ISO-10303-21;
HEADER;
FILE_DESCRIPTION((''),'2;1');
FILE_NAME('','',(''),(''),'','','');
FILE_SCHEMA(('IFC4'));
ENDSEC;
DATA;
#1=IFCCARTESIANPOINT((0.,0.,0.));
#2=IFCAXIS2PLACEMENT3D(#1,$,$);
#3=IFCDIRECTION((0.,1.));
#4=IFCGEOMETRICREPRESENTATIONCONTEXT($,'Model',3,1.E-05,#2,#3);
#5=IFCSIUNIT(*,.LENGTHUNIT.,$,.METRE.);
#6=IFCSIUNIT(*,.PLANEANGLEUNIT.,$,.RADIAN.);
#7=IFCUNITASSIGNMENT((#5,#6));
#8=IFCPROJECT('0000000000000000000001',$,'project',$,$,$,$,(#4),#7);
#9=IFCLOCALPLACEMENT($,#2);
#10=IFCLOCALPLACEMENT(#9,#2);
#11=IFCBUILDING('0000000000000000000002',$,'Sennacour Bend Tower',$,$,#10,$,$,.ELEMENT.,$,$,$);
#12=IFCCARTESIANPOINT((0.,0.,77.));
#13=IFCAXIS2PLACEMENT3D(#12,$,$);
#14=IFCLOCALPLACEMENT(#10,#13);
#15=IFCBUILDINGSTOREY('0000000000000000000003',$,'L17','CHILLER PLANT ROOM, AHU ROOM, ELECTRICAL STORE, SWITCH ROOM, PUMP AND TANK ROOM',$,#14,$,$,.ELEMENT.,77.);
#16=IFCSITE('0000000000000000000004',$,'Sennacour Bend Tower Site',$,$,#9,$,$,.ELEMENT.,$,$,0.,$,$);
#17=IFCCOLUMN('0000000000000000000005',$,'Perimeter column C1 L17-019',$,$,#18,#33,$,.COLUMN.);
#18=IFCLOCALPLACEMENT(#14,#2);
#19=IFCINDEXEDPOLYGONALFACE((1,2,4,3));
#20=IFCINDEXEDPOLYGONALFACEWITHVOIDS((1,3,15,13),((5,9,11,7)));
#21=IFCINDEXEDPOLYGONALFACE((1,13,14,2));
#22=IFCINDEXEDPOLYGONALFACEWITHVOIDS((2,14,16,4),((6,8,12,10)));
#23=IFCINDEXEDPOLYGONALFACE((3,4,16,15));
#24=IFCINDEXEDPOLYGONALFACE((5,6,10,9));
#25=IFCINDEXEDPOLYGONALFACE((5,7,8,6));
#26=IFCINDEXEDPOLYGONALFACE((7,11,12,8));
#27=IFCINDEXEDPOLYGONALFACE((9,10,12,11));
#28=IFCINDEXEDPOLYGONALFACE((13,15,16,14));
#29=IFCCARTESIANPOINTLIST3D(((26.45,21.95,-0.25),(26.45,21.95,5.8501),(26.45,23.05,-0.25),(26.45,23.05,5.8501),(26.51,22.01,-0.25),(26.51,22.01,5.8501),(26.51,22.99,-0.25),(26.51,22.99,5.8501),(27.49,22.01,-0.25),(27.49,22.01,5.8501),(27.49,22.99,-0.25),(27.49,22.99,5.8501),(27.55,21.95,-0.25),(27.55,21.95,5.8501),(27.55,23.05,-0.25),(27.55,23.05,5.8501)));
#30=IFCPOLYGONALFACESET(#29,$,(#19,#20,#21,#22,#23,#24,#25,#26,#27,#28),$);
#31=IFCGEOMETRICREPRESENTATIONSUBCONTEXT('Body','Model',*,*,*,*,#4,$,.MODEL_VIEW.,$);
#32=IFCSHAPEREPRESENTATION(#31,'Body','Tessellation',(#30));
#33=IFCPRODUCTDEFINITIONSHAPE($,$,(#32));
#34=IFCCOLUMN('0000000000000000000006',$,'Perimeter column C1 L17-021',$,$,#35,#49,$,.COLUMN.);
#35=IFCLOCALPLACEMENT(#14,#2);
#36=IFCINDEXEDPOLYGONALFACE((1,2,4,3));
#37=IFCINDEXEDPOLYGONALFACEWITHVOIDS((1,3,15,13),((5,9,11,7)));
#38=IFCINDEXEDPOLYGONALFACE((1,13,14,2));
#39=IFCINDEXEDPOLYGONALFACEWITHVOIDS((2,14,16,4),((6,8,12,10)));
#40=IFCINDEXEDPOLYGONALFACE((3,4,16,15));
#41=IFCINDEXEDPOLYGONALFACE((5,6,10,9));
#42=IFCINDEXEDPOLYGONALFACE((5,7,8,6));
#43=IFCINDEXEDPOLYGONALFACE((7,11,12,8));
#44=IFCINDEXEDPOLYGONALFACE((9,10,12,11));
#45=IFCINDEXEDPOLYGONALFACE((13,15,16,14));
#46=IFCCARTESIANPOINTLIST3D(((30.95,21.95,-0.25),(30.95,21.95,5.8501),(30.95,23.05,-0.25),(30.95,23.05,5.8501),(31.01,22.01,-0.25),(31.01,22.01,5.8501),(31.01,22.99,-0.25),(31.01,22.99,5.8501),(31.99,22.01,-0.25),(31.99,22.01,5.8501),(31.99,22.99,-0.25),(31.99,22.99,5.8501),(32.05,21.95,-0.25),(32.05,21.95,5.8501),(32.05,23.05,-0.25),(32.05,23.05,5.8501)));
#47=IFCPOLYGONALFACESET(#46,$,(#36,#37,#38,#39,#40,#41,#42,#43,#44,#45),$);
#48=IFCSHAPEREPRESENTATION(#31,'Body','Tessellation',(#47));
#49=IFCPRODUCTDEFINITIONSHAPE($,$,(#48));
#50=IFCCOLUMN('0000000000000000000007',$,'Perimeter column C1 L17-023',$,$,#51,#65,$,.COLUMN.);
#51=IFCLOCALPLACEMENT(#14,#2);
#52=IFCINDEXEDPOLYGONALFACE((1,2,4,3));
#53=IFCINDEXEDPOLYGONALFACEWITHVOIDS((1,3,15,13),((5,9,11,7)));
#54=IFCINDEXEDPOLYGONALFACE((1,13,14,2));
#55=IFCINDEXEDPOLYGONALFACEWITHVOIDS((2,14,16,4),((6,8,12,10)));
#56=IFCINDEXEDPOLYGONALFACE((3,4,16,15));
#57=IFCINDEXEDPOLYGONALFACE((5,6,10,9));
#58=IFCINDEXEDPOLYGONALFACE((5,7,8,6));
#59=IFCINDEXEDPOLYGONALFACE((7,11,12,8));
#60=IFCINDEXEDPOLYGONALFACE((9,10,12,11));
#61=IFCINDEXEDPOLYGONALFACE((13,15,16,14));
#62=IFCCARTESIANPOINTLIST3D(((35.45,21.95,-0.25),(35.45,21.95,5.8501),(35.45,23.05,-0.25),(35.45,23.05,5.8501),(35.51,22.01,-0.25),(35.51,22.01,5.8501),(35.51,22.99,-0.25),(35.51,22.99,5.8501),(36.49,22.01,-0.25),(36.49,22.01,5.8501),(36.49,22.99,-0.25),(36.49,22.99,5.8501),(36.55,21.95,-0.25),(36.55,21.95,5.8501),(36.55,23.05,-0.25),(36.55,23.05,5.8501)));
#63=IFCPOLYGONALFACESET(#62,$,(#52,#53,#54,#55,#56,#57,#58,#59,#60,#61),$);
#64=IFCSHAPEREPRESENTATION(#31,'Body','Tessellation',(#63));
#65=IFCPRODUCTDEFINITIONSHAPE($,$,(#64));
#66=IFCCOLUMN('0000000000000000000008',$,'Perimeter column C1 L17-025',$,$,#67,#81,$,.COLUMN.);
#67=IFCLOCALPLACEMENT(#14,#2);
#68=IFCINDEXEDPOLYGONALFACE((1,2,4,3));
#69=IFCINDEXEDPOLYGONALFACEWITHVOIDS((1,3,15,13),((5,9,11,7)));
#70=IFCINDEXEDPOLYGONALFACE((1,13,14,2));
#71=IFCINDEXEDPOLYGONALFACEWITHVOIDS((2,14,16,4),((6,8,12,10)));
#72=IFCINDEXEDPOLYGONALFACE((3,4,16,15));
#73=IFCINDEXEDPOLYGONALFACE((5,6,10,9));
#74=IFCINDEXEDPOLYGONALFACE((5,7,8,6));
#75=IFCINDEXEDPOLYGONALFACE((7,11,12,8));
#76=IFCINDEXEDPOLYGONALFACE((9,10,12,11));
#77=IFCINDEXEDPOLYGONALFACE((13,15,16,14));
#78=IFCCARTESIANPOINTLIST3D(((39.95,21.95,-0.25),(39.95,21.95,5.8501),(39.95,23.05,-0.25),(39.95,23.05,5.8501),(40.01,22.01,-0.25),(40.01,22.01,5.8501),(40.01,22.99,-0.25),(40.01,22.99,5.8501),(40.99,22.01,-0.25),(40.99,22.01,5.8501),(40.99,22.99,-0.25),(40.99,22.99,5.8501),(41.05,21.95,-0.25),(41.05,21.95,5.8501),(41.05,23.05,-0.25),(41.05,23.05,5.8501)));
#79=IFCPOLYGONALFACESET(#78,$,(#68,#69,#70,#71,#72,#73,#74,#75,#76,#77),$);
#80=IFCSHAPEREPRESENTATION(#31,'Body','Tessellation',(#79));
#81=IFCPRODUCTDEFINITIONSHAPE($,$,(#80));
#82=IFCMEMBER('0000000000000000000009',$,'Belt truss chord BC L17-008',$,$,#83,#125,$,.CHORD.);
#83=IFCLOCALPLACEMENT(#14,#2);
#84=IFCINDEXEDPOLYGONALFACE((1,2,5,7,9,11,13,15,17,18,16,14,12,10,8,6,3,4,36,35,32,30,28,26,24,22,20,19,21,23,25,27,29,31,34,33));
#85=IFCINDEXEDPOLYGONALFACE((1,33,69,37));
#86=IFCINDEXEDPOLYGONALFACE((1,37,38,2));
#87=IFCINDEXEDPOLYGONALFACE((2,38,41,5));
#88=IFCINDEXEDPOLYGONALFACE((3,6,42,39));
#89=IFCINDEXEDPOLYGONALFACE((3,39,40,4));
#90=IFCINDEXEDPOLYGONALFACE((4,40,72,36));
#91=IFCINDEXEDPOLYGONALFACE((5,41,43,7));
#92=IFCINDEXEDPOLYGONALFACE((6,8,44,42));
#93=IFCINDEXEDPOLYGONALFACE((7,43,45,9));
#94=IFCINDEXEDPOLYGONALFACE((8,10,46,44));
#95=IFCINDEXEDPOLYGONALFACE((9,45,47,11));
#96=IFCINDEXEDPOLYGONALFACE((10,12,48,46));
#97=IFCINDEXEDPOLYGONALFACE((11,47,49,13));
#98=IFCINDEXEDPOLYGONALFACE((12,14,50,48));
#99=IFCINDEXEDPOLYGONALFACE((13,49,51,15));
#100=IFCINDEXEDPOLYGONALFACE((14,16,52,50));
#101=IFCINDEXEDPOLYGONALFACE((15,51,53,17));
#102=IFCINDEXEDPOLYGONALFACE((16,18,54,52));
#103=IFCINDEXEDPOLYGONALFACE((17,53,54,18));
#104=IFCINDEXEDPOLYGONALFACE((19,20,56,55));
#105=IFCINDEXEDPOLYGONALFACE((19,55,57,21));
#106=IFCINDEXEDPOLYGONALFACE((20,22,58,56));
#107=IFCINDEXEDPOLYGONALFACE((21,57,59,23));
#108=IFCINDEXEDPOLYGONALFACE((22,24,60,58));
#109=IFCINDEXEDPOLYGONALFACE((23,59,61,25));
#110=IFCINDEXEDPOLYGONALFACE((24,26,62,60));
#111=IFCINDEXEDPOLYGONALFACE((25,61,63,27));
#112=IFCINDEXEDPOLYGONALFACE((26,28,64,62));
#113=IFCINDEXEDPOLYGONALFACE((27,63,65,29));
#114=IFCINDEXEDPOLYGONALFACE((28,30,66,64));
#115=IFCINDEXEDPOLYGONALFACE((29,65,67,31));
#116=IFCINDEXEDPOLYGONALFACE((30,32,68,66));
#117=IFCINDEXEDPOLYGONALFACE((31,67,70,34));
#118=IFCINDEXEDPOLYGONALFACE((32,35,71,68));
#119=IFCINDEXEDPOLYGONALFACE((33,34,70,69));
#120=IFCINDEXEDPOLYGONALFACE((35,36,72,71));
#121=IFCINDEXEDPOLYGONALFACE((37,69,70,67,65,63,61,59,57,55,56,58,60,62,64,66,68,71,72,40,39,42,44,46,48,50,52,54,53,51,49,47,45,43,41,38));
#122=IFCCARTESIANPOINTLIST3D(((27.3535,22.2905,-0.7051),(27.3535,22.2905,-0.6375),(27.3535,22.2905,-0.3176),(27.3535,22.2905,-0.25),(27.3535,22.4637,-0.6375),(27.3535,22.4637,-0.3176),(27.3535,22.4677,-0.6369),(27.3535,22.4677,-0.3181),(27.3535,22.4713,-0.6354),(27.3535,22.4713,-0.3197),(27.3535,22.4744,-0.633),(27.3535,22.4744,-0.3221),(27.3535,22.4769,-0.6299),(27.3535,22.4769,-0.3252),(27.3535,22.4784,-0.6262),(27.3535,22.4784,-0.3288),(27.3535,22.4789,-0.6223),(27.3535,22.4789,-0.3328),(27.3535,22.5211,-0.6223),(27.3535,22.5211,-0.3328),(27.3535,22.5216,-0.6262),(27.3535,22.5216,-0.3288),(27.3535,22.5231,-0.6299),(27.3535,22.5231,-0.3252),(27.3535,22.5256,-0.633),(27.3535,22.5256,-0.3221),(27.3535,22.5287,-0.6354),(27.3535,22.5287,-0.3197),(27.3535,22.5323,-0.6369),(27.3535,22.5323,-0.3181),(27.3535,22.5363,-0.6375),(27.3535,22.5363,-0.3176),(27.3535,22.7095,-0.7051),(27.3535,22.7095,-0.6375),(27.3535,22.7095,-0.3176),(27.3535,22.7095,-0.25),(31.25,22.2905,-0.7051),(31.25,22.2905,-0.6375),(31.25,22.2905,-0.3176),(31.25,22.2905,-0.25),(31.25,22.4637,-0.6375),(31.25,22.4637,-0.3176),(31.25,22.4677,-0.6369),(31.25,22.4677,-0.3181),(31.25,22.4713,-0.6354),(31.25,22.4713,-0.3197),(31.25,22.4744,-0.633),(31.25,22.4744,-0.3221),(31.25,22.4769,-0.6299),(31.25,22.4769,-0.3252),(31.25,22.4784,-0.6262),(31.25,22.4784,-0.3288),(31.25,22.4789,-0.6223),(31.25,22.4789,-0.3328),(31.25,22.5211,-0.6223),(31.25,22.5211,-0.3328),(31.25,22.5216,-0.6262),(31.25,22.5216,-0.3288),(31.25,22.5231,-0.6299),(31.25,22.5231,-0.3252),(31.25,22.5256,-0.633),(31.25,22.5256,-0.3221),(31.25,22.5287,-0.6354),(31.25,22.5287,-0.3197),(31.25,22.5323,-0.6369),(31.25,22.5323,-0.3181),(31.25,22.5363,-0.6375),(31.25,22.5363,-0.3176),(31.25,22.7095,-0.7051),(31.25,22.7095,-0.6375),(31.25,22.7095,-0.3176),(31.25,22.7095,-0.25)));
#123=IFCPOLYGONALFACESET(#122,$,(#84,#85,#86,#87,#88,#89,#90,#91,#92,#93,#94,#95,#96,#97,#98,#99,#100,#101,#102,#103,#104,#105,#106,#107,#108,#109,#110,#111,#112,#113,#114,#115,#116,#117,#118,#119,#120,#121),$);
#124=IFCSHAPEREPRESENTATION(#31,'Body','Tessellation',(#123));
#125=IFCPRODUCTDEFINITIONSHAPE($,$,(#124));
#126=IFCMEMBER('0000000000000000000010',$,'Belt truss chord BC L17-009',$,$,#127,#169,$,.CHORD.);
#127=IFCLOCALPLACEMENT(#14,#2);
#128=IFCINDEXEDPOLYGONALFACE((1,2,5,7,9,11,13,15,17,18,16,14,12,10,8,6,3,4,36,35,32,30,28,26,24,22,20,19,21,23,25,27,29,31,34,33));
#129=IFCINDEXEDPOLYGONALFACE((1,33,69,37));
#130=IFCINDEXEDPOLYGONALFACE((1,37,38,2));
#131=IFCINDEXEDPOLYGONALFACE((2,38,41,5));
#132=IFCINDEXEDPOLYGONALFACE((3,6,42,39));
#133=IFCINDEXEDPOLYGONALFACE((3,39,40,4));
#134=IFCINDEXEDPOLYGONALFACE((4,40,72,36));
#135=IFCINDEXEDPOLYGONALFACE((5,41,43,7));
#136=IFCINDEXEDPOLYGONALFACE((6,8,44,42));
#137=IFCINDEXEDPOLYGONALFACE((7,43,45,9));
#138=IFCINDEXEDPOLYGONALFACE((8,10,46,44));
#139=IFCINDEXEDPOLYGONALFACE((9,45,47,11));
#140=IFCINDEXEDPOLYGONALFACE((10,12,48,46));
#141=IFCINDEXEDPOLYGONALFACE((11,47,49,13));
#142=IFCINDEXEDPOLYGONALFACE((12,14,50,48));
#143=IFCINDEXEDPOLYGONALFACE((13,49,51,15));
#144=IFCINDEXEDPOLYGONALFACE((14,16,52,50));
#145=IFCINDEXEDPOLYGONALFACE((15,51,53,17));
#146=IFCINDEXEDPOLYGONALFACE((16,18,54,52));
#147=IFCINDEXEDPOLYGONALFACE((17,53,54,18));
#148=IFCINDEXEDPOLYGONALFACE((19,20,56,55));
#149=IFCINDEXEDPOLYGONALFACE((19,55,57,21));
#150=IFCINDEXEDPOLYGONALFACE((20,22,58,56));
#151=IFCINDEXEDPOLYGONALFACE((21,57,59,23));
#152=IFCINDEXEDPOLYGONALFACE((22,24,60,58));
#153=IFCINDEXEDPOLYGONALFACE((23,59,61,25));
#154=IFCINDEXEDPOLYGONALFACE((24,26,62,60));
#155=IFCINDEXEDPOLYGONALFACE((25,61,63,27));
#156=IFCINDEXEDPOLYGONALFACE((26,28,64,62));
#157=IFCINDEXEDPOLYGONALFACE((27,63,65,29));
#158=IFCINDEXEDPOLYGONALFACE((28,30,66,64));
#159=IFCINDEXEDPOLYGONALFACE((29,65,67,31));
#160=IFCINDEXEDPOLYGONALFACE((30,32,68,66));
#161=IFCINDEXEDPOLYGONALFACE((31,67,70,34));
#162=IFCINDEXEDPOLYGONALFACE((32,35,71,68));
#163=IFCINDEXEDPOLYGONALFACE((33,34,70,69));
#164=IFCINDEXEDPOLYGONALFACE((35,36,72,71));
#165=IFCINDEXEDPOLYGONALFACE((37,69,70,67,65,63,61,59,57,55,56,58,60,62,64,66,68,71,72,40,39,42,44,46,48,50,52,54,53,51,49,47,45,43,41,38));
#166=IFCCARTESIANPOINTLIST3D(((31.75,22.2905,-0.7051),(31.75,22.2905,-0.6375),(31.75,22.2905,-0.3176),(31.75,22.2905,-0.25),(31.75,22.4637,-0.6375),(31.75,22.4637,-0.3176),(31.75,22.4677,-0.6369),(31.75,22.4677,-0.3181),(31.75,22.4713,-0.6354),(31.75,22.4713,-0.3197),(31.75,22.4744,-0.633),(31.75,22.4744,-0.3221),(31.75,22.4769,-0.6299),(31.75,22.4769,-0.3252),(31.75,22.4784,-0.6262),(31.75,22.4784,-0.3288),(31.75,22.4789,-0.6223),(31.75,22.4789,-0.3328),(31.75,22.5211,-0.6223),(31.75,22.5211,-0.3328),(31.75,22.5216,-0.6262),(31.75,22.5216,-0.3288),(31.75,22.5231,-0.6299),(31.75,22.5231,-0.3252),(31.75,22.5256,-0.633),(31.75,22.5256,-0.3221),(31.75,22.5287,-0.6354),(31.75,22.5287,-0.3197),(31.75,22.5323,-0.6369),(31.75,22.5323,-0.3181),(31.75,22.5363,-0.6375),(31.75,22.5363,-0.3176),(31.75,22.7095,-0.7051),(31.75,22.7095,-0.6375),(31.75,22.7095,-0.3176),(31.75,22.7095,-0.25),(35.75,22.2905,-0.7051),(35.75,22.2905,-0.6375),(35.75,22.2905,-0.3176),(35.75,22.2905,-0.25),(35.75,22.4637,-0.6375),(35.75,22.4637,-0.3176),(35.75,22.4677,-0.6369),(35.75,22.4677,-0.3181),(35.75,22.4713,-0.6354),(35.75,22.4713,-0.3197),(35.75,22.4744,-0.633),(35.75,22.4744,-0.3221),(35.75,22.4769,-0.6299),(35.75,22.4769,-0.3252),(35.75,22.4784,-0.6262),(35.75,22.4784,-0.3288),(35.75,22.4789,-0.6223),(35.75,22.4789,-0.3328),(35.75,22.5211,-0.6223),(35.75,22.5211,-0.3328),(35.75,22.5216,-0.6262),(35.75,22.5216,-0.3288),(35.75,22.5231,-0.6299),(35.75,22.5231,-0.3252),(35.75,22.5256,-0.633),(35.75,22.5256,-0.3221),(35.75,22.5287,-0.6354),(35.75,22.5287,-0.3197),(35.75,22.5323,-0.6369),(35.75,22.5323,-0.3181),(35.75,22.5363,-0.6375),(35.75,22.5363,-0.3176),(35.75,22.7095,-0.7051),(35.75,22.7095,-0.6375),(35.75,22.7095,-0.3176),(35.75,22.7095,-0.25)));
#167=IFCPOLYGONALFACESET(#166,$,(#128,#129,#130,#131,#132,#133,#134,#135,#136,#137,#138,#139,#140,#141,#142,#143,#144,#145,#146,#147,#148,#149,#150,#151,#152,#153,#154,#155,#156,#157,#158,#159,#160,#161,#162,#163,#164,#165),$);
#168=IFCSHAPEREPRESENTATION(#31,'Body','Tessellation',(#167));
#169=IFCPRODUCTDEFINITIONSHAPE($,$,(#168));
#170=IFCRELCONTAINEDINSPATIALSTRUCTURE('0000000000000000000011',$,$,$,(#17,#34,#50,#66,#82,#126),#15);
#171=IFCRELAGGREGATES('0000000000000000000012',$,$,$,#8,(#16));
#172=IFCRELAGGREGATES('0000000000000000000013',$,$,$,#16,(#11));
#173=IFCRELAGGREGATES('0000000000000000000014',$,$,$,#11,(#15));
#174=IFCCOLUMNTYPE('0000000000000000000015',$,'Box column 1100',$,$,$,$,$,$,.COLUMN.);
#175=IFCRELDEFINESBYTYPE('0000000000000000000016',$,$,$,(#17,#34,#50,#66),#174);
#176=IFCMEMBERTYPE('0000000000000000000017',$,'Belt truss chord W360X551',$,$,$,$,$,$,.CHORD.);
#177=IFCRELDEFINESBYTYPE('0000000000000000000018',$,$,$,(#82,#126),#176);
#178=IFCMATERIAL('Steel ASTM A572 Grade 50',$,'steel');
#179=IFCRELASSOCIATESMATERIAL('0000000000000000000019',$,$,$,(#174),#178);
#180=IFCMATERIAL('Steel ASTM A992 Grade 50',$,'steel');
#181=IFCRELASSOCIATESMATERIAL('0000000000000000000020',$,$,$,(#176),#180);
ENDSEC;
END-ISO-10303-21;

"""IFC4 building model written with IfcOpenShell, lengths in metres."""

from ifc_helpers import new_model, si_unit, direction, frame, origin, origin_2d, place, context, subcontext, project, spatial, hollow_rectangle, i_section, extrude, material, material_profile, profile_set, type_object, element, save


model = new_model("IFC4")

# Units and contexts
model_context = context("Model", 3, precision=1e-05, world=origin(), true_north=direction((0.0, 1.0)))
body_context = subcontext(model_context, "Body", "Model", "MODEL_VIEW")
ifc_project = project(units=[si_unit("LENGTHUNIT", "METRE"), si_unit("PLANEANGLEUNIT", "RADIAN")], contexts=[model_context])

# Site, building, storey
site_placement = place(None, origin())
site = spatial("IfcSite", under=ifc_project, at=site_placement, Name="Sennacour Bend Tower Site", CompositionType="ELEMENT", RefElevation=0.0)
building_placement = place(site_placement, origin())
building = spatial("IfcBuilding", under=site, at=building_placement, Name="Sennacour Bend Tower", CompositionType="ELEMENT")
storey_placement = place(building_placement, frame((0.0, 0.0, 77.0)))
storey = spatial("IfcBuildingStorey", under=building, at=storey_placement, Name="L17", Description="CHILLER PLANT ROOM, AHU ROOM, ELECTRICAL STORE, SWITCH ROOM, PUMP AND TANK ROOM", CompositionType="ELEMENT", Elevation=77.0)

# Columns
ifc_material_1 = material(Name="Steel ASTM A572 Grade 50", Category="steel")
ifc_material_profile_1 = material_profile(ifc_material_1, hollow_rectangle(XDim=1.1001, YDim=1.1001, WallThickness=0.0601, at=origin_2d()), Name="Steel ASTM A572 Grade 50", Category="steel")
ifc_profile_set_1 = profile_set([ifc_material_profile_1], Name="Steel ASTM A572 Grade 50")
column_type = type_object("IfcColumnType", Name="Box column 1100", PredefinedType="COLUMN", material=ifc_profile_set_1)
for number, where, z_axis, x_axis, name in (
    (1, (27.0, 22.5, -0.25), (0.0, 0.0, 1.0), (1.0, 0.0, 0.0), "Perimeter column C1 L17-019"),
    (2, (31.5, 22.5, -0.25), (0.0, 0.0, 1.0), (1.0, 0.0, 0.0), "Perimeter column C1 L17-021"),
    (3, (36.0, 22.5, -0.25), (0.0, 0.0, 1.0), (1.0, 0.0, 0.0), "Perimeter column C1 L17-023"),
    (4, (40.5, 22.5, -0.25), (0.0, 0.0, 1.0), (1.0, 0.0, 0.0), "Perimeter column C1 L17-025"),
):
    element("IfcColumn", number, at=place(storey_placement, frame(where, z_axis=z_axis, x_axis=x_axis)), inside=storey, type_object=column_type, Name=name, PredefinedType="COLUMN", context=body_context, shape_type="SweptSolid", body=[
        extrude(hollow_rectangle(XDim=1.1001, YDim=1.1001, WallThickness=0.0601, at=origin_2d()), origin(), (0.0, 0.0, 1.0), 6.1001),
    ])

# Members
ifc_material_2 = material(Name="Steel ASTM A992 Grade 50", Category="steel")
ifc_material_profile_2 = material_profile(ifc_material_2, i_section(OverallWidth=0.4189, OverallDepth=0.4551, WebThickness=0.0422, FlangeThickness=0.0676, FilletRadius=0.0151, at=origin_2d()), Name="Steel ASTM A992 Grade 50", Category="steel")
ifc_profile_set_2 = profile_set([ifc_material_profile_2], Name="Steel ASTM A992 Grade 50")
member_type_1 = type_object("IfcMemberType", Name="Belt truss chord W360X551", PredefinedType="CHORD", material=ifc_profile_set_2)
member_placement = place(storey_placement, frame((27.3535, 22.5, -0.4775), z_axis=(1.0, 0.0, 0.0), x_axis=(0.0, 1.0, 0.0)))
element("IfcMember", 5, at=member_placement, inside=storey, type_object=member_type_1, Name="Belt truss chord BC L17-008", PredefinedType="CHORD", context=body_context, shape_type="SweptSolid", body=[
    extrude(i_section(OverallWidth=0.4189, OverallDepth=0.4551, WebThickness=0.0422, FlangeThickness=0.0676, FilletRadius=0.0151, at=origin_2d()), origin(), (0.0, 0.0, 1.0), 3.8965),
])
for number, where, z_axis, x_axis, name in (
    (6, (31.75, 22.5, -0.4775), (1.0, 0.0, 0.0), (0.0, 1.0, 0.0), "Belt truss chord BC L17-009"),
):
    element("IfcMember", number, at=place(storey_placement, frame(where, z_axis=z_axis, x_axis=x_axis)), inside=storey, type_object=member_type_1, Name=name, PredefinedType="CHORD", context=body_context, shape_type="SweptSolid", body=[
        extrude(i_section(OverallWidth=0.4189, OverallDepth=0.4551, WebThickness=0.0422, FlangeThickness=0.0676, FilletRadius=0.0151, at=origin_2d()), origin(), (0.0, 0.0, 1.0), 4.0),
    ])

save(model, "model.ifc")
